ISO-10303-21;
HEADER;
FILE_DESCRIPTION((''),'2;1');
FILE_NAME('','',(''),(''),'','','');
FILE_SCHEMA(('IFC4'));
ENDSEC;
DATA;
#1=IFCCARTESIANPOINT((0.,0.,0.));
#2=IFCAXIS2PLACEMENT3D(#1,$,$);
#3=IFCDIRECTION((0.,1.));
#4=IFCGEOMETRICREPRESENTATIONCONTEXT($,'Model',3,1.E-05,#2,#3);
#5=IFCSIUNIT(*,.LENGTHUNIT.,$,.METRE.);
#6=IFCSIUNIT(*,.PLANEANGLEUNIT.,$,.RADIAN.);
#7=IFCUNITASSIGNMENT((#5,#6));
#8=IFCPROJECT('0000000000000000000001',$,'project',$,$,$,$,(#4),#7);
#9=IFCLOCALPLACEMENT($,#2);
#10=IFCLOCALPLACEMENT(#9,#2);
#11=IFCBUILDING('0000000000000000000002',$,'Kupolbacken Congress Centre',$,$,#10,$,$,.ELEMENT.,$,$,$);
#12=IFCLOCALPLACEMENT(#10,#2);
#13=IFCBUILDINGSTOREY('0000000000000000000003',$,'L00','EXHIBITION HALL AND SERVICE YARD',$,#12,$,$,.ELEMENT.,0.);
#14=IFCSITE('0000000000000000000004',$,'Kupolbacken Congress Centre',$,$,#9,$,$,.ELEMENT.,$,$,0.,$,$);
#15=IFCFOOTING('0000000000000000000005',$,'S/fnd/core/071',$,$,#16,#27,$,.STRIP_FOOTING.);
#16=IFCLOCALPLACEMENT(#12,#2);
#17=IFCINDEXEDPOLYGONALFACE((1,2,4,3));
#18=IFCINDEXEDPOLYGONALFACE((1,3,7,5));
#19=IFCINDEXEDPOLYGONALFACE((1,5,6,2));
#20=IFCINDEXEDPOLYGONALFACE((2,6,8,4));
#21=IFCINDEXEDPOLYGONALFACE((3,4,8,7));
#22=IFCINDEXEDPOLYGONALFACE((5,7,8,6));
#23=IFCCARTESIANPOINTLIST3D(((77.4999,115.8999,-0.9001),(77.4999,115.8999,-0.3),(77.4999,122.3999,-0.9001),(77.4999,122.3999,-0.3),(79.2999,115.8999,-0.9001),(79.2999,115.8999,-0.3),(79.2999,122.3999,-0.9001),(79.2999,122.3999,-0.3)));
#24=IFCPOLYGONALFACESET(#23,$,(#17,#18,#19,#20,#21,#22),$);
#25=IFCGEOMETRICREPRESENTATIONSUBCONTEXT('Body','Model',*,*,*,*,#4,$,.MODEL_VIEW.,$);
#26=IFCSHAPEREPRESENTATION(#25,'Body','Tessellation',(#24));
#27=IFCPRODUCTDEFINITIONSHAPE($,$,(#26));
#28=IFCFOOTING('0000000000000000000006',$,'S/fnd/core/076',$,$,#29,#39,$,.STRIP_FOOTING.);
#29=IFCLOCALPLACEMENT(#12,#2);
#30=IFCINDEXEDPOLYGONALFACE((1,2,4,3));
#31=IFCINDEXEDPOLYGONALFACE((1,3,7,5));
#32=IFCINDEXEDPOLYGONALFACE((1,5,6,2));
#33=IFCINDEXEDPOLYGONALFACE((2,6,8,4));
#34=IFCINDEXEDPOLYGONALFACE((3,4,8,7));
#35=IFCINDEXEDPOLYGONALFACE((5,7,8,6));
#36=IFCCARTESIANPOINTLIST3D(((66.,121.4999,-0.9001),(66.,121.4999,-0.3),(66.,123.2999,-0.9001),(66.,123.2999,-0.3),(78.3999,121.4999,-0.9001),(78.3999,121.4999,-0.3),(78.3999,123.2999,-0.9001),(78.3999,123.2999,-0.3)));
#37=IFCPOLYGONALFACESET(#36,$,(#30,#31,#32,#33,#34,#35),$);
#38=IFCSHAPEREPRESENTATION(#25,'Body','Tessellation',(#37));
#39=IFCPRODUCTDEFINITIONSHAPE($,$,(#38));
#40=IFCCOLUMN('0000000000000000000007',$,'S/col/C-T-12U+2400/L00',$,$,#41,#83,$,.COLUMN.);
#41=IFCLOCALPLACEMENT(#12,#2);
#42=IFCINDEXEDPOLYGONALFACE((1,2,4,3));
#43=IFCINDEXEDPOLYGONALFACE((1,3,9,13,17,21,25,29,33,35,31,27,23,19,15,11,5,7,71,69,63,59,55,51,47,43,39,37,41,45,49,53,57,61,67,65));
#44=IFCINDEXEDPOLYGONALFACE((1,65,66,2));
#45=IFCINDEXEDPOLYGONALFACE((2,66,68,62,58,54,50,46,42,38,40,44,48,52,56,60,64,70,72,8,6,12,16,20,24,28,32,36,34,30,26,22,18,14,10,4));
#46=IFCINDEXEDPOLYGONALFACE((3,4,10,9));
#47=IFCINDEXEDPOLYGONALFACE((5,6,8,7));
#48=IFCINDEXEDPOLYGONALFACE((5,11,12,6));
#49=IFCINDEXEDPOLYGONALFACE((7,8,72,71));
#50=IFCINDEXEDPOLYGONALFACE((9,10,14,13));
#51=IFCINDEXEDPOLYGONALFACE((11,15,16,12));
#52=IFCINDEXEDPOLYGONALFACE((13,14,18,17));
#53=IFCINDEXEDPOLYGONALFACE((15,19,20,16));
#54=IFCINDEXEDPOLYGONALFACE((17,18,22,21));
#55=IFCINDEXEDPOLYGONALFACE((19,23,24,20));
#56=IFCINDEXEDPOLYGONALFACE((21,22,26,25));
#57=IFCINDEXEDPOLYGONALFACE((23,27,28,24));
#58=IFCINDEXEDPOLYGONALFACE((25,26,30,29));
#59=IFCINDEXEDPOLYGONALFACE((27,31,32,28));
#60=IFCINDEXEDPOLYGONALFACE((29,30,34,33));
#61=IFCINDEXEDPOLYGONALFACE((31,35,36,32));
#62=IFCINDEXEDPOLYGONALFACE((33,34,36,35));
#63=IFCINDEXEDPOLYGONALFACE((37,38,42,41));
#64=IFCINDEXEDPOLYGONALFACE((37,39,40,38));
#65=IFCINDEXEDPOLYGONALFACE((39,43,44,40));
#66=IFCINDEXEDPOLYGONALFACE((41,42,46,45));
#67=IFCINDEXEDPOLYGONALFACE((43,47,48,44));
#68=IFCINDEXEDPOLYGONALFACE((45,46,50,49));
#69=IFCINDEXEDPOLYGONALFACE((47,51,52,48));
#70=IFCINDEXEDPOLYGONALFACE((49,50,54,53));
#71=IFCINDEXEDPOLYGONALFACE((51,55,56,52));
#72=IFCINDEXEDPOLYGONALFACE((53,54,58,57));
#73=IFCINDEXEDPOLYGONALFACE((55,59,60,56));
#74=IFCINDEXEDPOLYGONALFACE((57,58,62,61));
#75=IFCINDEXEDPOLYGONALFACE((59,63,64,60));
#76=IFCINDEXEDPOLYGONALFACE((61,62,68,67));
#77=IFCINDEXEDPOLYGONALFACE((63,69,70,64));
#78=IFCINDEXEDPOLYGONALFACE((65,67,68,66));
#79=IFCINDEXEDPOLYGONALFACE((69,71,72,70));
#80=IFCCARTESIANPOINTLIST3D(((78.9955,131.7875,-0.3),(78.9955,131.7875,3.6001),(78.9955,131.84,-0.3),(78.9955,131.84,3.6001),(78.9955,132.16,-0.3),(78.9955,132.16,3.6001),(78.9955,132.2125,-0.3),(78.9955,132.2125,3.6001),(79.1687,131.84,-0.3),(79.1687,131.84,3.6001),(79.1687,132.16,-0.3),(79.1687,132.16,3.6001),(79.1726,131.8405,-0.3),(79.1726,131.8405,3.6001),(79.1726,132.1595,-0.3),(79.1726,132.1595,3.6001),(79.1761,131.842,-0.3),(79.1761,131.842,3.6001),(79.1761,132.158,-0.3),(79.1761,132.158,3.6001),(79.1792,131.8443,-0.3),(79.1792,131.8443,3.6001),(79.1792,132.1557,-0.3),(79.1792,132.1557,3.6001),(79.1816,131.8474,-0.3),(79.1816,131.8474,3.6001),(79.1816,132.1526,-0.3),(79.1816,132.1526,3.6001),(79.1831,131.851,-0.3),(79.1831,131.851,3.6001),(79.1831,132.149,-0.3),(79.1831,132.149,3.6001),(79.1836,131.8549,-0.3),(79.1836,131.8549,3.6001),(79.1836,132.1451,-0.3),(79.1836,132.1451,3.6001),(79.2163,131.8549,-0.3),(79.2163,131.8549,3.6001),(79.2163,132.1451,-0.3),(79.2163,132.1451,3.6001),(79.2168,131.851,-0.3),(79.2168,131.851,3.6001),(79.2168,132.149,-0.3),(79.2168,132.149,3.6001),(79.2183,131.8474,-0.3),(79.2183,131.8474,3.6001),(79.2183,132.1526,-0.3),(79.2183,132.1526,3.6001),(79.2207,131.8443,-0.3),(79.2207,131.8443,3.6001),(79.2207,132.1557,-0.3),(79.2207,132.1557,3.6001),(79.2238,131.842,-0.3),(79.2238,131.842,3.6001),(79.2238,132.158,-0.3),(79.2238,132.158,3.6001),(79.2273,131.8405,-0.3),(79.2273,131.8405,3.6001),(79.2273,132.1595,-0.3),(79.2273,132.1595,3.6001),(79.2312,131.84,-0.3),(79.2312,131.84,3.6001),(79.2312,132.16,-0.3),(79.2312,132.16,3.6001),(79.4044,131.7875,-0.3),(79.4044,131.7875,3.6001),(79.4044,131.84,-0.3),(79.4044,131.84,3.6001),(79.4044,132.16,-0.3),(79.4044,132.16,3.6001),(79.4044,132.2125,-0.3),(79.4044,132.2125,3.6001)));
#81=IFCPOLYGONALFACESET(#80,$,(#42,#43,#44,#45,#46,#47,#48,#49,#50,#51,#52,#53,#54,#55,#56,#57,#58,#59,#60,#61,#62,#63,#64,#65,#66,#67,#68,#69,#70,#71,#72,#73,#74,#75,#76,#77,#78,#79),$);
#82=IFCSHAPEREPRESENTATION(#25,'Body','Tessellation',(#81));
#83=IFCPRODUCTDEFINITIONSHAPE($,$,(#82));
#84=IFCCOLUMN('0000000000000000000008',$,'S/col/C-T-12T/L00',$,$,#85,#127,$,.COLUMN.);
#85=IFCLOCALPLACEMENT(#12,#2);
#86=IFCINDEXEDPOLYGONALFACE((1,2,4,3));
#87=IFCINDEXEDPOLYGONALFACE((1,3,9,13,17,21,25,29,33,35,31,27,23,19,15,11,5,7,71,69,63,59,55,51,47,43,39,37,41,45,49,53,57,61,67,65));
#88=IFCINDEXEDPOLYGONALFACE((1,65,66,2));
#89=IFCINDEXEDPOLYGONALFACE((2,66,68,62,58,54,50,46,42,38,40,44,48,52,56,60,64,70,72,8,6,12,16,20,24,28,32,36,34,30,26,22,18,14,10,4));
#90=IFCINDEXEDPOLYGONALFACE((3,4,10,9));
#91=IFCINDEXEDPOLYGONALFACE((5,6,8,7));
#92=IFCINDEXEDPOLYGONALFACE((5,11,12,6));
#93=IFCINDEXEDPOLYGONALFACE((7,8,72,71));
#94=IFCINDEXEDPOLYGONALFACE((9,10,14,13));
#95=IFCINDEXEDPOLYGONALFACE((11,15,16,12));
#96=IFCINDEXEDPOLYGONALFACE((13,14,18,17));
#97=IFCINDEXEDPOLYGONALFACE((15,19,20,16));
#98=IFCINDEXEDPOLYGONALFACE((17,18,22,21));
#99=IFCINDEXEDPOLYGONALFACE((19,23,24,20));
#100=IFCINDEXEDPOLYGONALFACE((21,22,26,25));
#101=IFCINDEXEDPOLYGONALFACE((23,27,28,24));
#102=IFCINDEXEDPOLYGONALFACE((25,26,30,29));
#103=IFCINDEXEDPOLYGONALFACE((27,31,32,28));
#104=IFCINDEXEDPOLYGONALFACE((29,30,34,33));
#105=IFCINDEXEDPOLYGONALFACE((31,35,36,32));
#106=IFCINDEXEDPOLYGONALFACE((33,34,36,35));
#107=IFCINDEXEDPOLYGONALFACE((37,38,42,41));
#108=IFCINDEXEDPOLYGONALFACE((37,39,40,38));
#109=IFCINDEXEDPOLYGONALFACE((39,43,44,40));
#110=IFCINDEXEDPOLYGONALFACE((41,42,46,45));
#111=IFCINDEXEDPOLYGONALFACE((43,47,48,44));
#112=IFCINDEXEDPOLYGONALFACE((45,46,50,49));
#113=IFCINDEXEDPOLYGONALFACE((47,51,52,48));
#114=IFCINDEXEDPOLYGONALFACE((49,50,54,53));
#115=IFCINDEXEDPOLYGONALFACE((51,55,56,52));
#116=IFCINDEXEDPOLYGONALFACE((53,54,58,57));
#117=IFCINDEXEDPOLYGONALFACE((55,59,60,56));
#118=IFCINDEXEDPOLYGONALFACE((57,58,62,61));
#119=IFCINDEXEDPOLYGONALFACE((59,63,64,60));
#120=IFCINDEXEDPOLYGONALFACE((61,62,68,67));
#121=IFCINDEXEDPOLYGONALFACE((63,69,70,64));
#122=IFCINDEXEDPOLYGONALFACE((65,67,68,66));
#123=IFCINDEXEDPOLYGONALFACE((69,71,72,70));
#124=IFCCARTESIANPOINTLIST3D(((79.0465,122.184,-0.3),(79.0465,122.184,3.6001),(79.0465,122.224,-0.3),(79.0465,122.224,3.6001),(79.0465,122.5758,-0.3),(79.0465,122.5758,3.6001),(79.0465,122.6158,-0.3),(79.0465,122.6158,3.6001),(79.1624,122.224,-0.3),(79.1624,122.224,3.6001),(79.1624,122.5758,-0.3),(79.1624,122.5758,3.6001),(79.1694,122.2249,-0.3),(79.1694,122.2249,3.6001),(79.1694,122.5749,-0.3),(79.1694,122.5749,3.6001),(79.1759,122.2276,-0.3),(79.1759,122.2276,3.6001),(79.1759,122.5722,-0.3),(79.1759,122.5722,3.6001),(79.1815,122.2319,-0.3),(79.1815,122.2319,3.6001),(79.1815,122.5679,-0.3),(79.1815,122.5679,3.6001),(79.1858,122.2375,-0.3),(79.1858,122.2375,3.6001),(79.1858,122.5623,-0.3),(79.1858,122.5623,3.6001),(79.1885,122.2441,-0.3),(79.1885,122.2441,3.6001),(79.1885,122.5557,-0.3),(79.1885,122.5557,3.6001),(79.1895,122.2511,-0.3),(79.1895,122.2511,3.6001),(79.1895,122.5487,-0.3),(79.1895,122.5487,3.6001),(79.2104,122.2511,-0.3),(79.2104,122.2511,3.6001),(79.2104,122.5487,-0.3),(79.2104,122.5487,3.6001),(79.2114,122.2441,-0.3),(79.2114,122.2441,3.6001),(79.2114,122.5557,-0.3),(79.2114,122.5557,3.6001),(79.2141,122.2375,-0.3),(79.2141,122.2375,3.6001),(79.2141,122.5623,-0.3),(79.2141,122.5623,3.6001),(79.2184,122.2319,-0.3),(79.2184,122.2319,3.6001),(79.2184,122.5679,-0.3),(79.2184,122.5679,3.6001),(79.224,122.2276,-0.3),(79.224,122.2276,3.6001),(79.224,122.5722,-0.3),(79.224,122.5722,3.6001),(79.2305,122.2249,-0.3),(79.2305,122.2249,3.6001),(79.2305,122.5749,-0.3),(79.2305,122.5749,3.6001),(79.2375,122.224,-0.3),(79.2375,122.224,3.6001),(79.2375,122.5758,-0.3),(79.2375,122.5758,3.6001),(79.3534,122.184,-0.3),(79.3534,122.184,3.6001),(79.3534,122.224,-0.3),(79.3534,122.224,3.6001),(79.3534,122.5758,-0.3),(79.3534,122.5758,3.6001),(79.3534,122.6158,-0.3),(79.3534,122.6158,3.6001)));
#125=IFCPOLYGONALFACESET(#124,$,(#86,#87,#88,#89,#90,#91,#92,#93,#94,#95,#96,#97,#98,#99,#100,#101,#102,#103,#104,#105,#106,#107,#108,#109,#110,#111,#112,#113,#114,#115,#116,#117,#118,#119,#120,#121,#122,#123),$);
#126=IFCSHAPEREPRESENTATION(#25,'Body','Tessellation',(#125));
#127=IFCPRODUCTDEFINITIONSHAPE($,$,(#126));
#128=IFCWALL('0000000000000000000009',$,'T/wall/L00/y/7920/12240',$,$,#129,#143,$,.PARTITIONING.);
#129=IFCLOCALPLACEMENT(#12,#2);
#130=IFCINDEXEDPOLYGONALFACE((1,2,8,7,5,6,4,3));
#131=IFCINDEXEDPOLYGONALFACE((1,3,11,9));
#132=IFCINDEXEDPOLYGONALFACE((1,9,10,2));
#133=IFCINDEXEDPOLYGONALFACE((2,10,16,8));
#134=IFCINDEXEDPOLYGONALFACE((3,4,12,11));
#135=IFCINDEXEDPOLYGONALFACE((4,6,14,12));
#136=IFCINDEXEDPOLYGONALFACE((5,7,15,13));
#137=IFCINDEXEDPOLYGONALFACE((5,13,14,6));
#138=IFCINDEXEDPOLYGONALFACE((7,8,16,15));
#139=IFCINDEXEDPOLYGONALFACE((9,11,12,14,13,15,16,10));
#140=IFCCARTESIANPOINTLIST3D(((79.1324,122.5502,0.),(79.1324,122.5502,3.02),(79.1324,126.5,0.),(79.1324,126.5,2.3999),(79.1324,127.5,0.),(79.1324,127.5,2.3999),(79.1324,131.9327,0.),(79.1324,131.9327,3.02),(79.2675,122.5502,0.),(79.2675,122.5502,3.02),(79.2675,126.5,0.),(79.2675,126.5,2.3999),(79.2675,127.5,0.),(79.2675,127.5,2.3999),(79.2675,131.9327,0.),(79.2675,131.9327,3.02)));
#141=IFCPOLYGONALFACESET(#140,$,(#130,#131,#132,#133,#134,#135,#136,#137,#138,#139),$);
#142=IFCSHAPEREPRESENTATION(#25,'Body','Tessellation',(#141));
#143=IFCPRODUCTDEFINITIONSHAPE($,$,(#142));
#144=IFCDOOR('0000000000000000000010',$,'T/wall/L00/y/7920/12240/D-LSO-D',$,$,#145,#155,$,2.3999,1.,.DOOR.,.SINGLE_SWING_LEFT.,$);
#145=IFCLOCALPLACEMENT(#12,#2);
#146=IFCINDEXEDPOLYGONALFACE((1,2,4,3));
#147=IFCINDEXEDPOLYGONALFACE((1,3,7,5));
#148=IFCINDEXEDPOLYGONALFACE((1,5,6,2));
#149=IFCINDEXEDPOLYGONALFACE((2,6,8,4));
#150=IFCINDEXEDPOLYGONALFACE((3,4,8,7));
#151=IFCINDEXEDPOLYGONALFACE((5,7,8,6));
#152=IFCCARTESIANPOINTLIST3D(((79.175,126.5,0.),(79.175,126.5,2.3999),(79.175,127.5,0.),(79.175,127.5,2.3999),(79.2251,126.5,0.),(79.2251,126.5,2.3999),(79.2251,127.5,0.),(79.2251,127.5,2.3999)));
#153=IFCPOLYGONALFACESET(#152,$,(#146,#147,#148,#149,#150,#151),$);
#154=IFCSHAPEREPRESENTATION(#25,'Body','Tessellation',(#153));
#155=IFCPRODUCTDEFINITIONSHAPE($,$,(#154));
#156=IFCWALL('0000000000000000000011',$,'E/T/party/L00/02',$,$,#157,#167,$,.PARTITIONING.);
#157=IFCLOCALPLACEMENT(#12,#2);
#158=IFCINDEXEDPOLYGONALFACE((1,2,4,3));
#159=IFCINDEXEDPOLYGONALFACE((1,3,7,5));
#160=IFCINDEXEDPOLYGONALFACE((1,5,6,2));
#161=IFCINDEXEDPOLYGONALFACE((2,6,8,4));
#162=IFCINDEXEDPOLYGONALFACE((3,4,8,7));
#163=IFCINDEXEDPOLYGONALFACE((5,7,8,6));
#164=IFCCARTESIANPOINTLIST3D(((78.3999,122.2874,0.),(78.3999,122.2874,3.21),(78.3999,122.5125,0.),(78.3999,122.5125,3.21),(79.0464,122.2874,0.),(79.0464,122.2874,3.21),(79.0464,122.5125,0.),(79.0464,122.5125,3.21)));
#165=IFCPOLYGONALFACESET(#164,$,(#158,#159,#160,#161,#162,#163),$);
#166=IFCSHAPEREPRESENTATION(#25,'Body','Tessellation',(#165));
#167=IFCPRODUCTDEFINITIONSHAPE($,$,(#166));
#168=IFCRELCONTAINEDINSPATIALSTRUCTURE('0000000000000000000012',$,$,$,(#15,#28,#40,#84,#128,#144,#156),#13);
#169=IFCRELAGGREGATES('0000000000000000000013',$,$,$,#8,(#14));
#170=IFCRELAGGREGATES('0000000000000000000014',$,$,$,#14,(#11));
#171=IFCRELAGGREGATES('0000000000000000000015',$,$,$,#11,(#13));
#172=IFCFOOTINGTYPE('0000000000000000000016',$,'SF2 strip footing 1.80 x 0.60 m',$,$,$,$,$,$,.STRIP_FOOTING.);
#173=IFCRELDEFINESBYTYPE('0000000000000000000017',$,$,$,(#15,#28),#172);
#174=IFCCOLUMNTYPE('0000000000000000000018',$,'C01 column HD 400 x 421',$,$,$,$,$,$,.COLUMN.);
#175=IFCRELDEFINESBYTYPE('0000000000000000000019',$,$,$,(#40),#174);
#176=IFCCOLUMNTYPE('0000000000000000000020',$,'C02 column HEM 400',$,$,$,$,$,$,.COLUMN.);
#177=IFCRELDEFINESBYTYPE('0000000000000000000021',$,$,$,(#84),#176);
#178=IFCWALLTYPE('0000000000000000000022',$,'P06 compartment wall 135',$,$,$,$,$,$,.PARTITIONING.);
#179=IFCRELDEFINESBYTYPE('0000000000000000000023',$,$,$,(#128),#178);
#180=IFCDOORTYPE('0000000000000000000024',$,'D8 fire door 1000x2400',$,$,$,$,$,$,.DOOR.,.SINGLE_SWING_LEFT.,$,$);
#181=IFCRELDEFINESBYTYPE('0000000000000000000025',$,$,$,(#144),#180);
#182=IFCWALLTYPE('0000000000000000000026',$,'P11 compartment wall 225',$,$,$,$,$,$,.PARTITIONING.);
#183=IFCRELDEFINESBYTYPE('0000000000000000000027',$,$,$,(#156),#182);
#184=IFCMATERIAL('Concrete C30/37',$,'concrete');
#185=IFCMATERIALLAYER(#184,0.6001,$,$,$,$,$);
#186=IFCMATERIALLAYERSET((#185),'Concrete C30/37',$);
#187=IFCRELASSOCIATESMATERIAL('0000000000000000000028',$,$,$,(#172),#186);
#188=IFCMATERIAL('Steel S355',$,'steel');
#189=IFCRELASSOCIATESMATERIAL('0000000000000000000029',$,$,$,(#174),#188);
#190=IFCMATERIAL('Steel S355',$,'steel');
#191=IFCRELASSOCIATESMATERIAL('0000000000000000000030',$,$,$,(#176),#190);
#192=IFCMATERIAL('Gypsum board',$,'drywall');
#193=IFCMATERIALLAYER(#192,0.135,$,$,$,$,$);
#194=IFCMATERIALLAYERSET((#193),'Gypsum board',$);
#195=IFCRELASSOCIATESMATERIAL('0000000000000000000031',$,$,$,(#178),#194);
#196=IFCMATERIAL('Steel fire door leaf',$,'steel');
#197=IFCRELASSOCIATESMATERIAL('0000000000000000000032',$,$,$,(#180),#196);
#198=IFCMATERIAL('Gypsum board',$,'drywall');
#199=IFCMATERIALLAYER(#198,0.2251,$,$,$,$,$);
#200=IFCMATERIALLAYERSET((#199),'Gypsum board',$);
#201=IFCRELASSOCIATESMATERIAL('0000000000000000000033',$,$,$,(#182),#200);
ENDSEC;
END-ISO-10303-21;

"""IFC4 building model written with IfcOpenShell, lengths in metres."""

from ifc_helpers import new_model, si_unit, direction, frame, frame_2d, origin, origin_2d, place, context, subcontext, project, spatial, rectangle, i_section, extrude, material, layer, layer_set, material_profile, profile_set, type_object, element, fill, save


model = new_model("IFC4")

# Units and contexts
model_context = context("Model", 3, precision=1e-05, world=origin(), true_north=direction((0.0, 1.0)))
body_context = subcontext(model_context, "Body", "Model", "MODEL_VIEW")
ifc_project = project(units=[si_unit("LENGTHUNIT", "METRE"), si_unit("PLANEANGLEUNIT", "RADIAN")], contexts=[model_context])

# Site, building, storey
site_placement = place(None, origin())
site = spatial("IfcSite", under=ifc_project, at=site_placement, Name="Kupolbacken Congress Centre", CompositionType="ELEMENT", RefElevation=0.0)
building_placement = place(site_placement, origin())
building = spatial("IfcBuilding", under=site, at=building_placement, Name="Kupolbacken Congress Centre", CompositionType="ELEMENT")
storey_placement = place(building_placement, origin())
storey = spatial("IfcBuildingStorey", under=building, at=storey_placement, Name="L00", Description="EXHIBITION HALL AND SERVICE YARD", CompositionType="ELEMENT", Elevation=0.0)

# Footings
ifc_material_1 = material(Name="Concrete C30/37", Category="concrete")
ifc_layer_1 = layer(ifc_material_1, 0.6001)
ifc_layer_set_1 = layer_set([ifc_layer_1], Name="Concrete C30/37")
footing_type_1 = type_object("IfcFootingType", Name="SF2 strip footing 1.80 x 0.60 m", PredefinedType="STRIP_FOOTING", material=ifc_layer_set_1)
for number, where, z_axis, x_axis, name in (
    (1, (78.3999, 119.1499, -0.9001), (0.0, 0.0, 1.0), (0.0, 1.0, 0.0), "S/fnd/core/071"),
):
    element("IfcFooting", number, at=place(storey_placement, frame(where, z_axis=z_axis, x_axis=x_axis)), inside=storey, type_object=footing_type_1, Name=name, PredefinedType="STRIP_FOOTING", context=body_context, shape_type="SweptSolid", body=[
        extrude(rectangle(XDim=6.5, YDim=1.8, at=origin_2d()), origin(), (0.0, 0.0, 1.0), 0.6001),
    ])
footing_1_placement = place(storey_placement, frame((72.2, 122.3999, -0.9001), z_axis=(0.0, 0.0, 1.0), x_axis=(1.0, 0.0, 0.0)))
element("IfcFooting", 2, at=footing_1_placement, inside=storey, type_object=footing_type_1, Name="S/fnd/core/076", PredefinedType="STRIP_FOOTING", context=body_context, shape_type="SweptSolid", body=[
    extrude(rectangle(XDim=12.3999, YDim=1.8, at=origin_2d()), origin(), (0.0, 0.0, 1.0), 0.6001),
])

# Columns
ifc_material_2 = material(Name="Steel S355", Category="steel")
ifc_material_profile_1 = material_profile(ifc_material_2, i_section(OverallWidth=0.4089, OverallDepth=0.425, WebThickness=0.0327, FlangeThickness=0.0525, FilletRadius=0.0149, at=origin_2d()), Name="HD 400 x 421")
ifc_profile_set_1 = profile_set([ifc_material_profile_1], Name="Steel S355")
column_type_1 = type_object("IfcColumnType", Name="C01 column HD 400 x 421", PredefinedType="COLUMN", material=ifc_profile_set_1)
column_1_placement = place(storey_placement, frame((79.2, 132.0, -0.3), z_axis=(0.0, 0.0, 1.0), x_axis=(1.0, 0.0, 0.0)))
element("IfcColumn", 3, at=column_1_placement, inside=storey, type_object=column_type_1, Name="S/col/C-T-12U+2400/L00", PredefinedType="COLUMN", context=body_context, shape_type="SweptSolid", body=[
    extrude(i_section(OverallWidth=0.4089, OverallDepth=0.425, WebThickness=0.0327, FlangeThickness=0.0525, FilletRadius=0.0149, at=origin_2d()), origin(), (0.0, 0.0, 1.0), 3.9001),
])
ifc_material_3 = material(Name="Steel S355", Category="steel")
ifc_material_profile_2 = material_profile(ifc_material_3, i_section(OverallWidth=0.3069, OverallDepth=0.4319, WebThickness=0.021, FlangeThickness=0.04, FilletRadius=0.0271, at=origin_2d()), Name="HEM 400")
ifc_profile_set_2 = profile_set([ifc_material_profile_2], Name="Steel S355")
column_type_2 = type_object("IfcColumnType", Name="C02 column HEM 400", PredefinedType="COLUMN", material=ifc_profile_set_2)
column_2_placement = place(storey_placement, frame((79.2, 122.3999, -0.3), z_axis=(0.0, 0.0, 1.0), x_axis=(1.0, 0.0, 0.0)))
element("IfcColumn", 4, at=column_2_placement, inside=storey, type_object=column_type_2, Name="S/col/C-T-12T/L00", PredefinedType="COLUMN", context=body_context, shape_type="SweptSolid", body=[
    extrude(i_section(OverallWidth=0.3069, OverallDepth=0.4319, WebThickness=0.021, FlangeThickness=0.04, FilletRadius=0.0271, at=origin_2d()), origin(), (0.0, 0.0, 1.0), 3.9001),
])

# Wall, opening, door
ifc_material_4 = material(Name="Gypsum board", Category="drywall")
ifc_layer_2 = layer(ifc_material_4, 0.135)
ifc_layer_set_2 = layer_set([ifc_layer_2], Name="Gypsum board")
wall_type_1 = type_object("IfcWallType", Name="P06 compartment wall 135", PredefinedType="PARTITIONING", material=ifc_layer_set_2)
wall_1_placement = place(storey_placement, frame((79.2, 122.55, 0.0), z_axis=(0.0, 0.0, 1.0), x_axis=(0.0, 1.0, 0.0)))
wall_1 = element("IfcWall", 5, at=wall_1_placement, inside=storey, type_object=wall_type_1, Name="T/wall/L00/y/7920/12240", PredefinedType="PARTITIONING", context=body_context, shape_type="SweptSolid", body=[
    extrude(rectangle(XDim=9.3826, YDim=0.135, at=frame_2d((4.6914, 0.0))), origin(), (0.0, 0.0, 1.0), 3.02),
])
opening_placement = place(wall_1_placement, frame((3.95, 0.0, 0.0)))
opening = element("IfcOpeningElement", 6, at=opening_placement, cuts=wall_1, PredefinedType="OPENING", context=body_context, shape_type="SweptSolid", body=[
    extrude(rectangle(XDim=1.0, YDim=2.3999, at=frame_2d((0.5, 1.2))), frame((0.0, 0.0774, 0.0), z_axis=(0.0, -1.0, 0.0), x_axis=(1.0, 0.0, 0.0)), (0.0, 0.0, 1.0), 0.155),
])
ifc_material_5 = material(Name="Steel fire door leaf", Category="steel")
door_type = type_object("IfcDoorType", Name="D8 fire door 1000x2400", OperationType="SINGLE_SWING_LEFT", PredefinedType="DOOR", material=ifc_material_5)
door_placement = place(opening_placement, origin())
door = element("IfcDoor", 7, at=door_placement, inside=storey, type_object=door_type, Name="T/wall/L00/y/7920/12240/D-LSO-D", OperationType="SINGLE_SWING_LEFT", OverallHeight=2.3999, OverallWidth=1.0, PredefinedType="DOOR", context=body_context, shape_type="SweptSolid", body=[
    extrude(rectangle(XDim=1.0, YDim=2.3999, at=frame_2d((0.5, 1.2))), frame((0.0, 0.0249, 0.0), z_axis=(0.0, -1.0, 0.0), x_axis=(1.0, 0.0, 0.0)), (0.0, 0.0, 1.0), 0.05),
])
fill(opening, door)

# Wall
ifc_material_6 = material(Name="Gypsum board", Category="drywall")
ifc_layer_3 = layer(ifc_material_6, 0.2251)
ifc_layer_set_3 = layer_set([ifc_layer_3], Name="Gypsum board")
wall_type_2 = type_object("IfcWallType", Name="P11 compartment wall 225", PredefinedType="PARTITIONING", material=ifc_layer_set_3)
wall_2_placement = place(storey_placement, frame((78.3999, 122.3999, 0.0), z_axis=(0.0, 0.0, 1.0), x_axis=(1.0, 0.0, 0.0)))
element("IfcWall", 8, at=wall_2_placement, inside=storey, type_object=wall_type_2, Name="E/T/party/L00/02", PredefinedType="PARTITIONING", context=body_context, shape_type="SweptSolid", body=[
    extrude(rectangle(XDim=0.6465, YDim=0.2251, at=frame_2d((0.3232, 0.0))), origin(), (0.0, 0.0, 1.0), 3.21),
])

save(model, "model.ifc")
